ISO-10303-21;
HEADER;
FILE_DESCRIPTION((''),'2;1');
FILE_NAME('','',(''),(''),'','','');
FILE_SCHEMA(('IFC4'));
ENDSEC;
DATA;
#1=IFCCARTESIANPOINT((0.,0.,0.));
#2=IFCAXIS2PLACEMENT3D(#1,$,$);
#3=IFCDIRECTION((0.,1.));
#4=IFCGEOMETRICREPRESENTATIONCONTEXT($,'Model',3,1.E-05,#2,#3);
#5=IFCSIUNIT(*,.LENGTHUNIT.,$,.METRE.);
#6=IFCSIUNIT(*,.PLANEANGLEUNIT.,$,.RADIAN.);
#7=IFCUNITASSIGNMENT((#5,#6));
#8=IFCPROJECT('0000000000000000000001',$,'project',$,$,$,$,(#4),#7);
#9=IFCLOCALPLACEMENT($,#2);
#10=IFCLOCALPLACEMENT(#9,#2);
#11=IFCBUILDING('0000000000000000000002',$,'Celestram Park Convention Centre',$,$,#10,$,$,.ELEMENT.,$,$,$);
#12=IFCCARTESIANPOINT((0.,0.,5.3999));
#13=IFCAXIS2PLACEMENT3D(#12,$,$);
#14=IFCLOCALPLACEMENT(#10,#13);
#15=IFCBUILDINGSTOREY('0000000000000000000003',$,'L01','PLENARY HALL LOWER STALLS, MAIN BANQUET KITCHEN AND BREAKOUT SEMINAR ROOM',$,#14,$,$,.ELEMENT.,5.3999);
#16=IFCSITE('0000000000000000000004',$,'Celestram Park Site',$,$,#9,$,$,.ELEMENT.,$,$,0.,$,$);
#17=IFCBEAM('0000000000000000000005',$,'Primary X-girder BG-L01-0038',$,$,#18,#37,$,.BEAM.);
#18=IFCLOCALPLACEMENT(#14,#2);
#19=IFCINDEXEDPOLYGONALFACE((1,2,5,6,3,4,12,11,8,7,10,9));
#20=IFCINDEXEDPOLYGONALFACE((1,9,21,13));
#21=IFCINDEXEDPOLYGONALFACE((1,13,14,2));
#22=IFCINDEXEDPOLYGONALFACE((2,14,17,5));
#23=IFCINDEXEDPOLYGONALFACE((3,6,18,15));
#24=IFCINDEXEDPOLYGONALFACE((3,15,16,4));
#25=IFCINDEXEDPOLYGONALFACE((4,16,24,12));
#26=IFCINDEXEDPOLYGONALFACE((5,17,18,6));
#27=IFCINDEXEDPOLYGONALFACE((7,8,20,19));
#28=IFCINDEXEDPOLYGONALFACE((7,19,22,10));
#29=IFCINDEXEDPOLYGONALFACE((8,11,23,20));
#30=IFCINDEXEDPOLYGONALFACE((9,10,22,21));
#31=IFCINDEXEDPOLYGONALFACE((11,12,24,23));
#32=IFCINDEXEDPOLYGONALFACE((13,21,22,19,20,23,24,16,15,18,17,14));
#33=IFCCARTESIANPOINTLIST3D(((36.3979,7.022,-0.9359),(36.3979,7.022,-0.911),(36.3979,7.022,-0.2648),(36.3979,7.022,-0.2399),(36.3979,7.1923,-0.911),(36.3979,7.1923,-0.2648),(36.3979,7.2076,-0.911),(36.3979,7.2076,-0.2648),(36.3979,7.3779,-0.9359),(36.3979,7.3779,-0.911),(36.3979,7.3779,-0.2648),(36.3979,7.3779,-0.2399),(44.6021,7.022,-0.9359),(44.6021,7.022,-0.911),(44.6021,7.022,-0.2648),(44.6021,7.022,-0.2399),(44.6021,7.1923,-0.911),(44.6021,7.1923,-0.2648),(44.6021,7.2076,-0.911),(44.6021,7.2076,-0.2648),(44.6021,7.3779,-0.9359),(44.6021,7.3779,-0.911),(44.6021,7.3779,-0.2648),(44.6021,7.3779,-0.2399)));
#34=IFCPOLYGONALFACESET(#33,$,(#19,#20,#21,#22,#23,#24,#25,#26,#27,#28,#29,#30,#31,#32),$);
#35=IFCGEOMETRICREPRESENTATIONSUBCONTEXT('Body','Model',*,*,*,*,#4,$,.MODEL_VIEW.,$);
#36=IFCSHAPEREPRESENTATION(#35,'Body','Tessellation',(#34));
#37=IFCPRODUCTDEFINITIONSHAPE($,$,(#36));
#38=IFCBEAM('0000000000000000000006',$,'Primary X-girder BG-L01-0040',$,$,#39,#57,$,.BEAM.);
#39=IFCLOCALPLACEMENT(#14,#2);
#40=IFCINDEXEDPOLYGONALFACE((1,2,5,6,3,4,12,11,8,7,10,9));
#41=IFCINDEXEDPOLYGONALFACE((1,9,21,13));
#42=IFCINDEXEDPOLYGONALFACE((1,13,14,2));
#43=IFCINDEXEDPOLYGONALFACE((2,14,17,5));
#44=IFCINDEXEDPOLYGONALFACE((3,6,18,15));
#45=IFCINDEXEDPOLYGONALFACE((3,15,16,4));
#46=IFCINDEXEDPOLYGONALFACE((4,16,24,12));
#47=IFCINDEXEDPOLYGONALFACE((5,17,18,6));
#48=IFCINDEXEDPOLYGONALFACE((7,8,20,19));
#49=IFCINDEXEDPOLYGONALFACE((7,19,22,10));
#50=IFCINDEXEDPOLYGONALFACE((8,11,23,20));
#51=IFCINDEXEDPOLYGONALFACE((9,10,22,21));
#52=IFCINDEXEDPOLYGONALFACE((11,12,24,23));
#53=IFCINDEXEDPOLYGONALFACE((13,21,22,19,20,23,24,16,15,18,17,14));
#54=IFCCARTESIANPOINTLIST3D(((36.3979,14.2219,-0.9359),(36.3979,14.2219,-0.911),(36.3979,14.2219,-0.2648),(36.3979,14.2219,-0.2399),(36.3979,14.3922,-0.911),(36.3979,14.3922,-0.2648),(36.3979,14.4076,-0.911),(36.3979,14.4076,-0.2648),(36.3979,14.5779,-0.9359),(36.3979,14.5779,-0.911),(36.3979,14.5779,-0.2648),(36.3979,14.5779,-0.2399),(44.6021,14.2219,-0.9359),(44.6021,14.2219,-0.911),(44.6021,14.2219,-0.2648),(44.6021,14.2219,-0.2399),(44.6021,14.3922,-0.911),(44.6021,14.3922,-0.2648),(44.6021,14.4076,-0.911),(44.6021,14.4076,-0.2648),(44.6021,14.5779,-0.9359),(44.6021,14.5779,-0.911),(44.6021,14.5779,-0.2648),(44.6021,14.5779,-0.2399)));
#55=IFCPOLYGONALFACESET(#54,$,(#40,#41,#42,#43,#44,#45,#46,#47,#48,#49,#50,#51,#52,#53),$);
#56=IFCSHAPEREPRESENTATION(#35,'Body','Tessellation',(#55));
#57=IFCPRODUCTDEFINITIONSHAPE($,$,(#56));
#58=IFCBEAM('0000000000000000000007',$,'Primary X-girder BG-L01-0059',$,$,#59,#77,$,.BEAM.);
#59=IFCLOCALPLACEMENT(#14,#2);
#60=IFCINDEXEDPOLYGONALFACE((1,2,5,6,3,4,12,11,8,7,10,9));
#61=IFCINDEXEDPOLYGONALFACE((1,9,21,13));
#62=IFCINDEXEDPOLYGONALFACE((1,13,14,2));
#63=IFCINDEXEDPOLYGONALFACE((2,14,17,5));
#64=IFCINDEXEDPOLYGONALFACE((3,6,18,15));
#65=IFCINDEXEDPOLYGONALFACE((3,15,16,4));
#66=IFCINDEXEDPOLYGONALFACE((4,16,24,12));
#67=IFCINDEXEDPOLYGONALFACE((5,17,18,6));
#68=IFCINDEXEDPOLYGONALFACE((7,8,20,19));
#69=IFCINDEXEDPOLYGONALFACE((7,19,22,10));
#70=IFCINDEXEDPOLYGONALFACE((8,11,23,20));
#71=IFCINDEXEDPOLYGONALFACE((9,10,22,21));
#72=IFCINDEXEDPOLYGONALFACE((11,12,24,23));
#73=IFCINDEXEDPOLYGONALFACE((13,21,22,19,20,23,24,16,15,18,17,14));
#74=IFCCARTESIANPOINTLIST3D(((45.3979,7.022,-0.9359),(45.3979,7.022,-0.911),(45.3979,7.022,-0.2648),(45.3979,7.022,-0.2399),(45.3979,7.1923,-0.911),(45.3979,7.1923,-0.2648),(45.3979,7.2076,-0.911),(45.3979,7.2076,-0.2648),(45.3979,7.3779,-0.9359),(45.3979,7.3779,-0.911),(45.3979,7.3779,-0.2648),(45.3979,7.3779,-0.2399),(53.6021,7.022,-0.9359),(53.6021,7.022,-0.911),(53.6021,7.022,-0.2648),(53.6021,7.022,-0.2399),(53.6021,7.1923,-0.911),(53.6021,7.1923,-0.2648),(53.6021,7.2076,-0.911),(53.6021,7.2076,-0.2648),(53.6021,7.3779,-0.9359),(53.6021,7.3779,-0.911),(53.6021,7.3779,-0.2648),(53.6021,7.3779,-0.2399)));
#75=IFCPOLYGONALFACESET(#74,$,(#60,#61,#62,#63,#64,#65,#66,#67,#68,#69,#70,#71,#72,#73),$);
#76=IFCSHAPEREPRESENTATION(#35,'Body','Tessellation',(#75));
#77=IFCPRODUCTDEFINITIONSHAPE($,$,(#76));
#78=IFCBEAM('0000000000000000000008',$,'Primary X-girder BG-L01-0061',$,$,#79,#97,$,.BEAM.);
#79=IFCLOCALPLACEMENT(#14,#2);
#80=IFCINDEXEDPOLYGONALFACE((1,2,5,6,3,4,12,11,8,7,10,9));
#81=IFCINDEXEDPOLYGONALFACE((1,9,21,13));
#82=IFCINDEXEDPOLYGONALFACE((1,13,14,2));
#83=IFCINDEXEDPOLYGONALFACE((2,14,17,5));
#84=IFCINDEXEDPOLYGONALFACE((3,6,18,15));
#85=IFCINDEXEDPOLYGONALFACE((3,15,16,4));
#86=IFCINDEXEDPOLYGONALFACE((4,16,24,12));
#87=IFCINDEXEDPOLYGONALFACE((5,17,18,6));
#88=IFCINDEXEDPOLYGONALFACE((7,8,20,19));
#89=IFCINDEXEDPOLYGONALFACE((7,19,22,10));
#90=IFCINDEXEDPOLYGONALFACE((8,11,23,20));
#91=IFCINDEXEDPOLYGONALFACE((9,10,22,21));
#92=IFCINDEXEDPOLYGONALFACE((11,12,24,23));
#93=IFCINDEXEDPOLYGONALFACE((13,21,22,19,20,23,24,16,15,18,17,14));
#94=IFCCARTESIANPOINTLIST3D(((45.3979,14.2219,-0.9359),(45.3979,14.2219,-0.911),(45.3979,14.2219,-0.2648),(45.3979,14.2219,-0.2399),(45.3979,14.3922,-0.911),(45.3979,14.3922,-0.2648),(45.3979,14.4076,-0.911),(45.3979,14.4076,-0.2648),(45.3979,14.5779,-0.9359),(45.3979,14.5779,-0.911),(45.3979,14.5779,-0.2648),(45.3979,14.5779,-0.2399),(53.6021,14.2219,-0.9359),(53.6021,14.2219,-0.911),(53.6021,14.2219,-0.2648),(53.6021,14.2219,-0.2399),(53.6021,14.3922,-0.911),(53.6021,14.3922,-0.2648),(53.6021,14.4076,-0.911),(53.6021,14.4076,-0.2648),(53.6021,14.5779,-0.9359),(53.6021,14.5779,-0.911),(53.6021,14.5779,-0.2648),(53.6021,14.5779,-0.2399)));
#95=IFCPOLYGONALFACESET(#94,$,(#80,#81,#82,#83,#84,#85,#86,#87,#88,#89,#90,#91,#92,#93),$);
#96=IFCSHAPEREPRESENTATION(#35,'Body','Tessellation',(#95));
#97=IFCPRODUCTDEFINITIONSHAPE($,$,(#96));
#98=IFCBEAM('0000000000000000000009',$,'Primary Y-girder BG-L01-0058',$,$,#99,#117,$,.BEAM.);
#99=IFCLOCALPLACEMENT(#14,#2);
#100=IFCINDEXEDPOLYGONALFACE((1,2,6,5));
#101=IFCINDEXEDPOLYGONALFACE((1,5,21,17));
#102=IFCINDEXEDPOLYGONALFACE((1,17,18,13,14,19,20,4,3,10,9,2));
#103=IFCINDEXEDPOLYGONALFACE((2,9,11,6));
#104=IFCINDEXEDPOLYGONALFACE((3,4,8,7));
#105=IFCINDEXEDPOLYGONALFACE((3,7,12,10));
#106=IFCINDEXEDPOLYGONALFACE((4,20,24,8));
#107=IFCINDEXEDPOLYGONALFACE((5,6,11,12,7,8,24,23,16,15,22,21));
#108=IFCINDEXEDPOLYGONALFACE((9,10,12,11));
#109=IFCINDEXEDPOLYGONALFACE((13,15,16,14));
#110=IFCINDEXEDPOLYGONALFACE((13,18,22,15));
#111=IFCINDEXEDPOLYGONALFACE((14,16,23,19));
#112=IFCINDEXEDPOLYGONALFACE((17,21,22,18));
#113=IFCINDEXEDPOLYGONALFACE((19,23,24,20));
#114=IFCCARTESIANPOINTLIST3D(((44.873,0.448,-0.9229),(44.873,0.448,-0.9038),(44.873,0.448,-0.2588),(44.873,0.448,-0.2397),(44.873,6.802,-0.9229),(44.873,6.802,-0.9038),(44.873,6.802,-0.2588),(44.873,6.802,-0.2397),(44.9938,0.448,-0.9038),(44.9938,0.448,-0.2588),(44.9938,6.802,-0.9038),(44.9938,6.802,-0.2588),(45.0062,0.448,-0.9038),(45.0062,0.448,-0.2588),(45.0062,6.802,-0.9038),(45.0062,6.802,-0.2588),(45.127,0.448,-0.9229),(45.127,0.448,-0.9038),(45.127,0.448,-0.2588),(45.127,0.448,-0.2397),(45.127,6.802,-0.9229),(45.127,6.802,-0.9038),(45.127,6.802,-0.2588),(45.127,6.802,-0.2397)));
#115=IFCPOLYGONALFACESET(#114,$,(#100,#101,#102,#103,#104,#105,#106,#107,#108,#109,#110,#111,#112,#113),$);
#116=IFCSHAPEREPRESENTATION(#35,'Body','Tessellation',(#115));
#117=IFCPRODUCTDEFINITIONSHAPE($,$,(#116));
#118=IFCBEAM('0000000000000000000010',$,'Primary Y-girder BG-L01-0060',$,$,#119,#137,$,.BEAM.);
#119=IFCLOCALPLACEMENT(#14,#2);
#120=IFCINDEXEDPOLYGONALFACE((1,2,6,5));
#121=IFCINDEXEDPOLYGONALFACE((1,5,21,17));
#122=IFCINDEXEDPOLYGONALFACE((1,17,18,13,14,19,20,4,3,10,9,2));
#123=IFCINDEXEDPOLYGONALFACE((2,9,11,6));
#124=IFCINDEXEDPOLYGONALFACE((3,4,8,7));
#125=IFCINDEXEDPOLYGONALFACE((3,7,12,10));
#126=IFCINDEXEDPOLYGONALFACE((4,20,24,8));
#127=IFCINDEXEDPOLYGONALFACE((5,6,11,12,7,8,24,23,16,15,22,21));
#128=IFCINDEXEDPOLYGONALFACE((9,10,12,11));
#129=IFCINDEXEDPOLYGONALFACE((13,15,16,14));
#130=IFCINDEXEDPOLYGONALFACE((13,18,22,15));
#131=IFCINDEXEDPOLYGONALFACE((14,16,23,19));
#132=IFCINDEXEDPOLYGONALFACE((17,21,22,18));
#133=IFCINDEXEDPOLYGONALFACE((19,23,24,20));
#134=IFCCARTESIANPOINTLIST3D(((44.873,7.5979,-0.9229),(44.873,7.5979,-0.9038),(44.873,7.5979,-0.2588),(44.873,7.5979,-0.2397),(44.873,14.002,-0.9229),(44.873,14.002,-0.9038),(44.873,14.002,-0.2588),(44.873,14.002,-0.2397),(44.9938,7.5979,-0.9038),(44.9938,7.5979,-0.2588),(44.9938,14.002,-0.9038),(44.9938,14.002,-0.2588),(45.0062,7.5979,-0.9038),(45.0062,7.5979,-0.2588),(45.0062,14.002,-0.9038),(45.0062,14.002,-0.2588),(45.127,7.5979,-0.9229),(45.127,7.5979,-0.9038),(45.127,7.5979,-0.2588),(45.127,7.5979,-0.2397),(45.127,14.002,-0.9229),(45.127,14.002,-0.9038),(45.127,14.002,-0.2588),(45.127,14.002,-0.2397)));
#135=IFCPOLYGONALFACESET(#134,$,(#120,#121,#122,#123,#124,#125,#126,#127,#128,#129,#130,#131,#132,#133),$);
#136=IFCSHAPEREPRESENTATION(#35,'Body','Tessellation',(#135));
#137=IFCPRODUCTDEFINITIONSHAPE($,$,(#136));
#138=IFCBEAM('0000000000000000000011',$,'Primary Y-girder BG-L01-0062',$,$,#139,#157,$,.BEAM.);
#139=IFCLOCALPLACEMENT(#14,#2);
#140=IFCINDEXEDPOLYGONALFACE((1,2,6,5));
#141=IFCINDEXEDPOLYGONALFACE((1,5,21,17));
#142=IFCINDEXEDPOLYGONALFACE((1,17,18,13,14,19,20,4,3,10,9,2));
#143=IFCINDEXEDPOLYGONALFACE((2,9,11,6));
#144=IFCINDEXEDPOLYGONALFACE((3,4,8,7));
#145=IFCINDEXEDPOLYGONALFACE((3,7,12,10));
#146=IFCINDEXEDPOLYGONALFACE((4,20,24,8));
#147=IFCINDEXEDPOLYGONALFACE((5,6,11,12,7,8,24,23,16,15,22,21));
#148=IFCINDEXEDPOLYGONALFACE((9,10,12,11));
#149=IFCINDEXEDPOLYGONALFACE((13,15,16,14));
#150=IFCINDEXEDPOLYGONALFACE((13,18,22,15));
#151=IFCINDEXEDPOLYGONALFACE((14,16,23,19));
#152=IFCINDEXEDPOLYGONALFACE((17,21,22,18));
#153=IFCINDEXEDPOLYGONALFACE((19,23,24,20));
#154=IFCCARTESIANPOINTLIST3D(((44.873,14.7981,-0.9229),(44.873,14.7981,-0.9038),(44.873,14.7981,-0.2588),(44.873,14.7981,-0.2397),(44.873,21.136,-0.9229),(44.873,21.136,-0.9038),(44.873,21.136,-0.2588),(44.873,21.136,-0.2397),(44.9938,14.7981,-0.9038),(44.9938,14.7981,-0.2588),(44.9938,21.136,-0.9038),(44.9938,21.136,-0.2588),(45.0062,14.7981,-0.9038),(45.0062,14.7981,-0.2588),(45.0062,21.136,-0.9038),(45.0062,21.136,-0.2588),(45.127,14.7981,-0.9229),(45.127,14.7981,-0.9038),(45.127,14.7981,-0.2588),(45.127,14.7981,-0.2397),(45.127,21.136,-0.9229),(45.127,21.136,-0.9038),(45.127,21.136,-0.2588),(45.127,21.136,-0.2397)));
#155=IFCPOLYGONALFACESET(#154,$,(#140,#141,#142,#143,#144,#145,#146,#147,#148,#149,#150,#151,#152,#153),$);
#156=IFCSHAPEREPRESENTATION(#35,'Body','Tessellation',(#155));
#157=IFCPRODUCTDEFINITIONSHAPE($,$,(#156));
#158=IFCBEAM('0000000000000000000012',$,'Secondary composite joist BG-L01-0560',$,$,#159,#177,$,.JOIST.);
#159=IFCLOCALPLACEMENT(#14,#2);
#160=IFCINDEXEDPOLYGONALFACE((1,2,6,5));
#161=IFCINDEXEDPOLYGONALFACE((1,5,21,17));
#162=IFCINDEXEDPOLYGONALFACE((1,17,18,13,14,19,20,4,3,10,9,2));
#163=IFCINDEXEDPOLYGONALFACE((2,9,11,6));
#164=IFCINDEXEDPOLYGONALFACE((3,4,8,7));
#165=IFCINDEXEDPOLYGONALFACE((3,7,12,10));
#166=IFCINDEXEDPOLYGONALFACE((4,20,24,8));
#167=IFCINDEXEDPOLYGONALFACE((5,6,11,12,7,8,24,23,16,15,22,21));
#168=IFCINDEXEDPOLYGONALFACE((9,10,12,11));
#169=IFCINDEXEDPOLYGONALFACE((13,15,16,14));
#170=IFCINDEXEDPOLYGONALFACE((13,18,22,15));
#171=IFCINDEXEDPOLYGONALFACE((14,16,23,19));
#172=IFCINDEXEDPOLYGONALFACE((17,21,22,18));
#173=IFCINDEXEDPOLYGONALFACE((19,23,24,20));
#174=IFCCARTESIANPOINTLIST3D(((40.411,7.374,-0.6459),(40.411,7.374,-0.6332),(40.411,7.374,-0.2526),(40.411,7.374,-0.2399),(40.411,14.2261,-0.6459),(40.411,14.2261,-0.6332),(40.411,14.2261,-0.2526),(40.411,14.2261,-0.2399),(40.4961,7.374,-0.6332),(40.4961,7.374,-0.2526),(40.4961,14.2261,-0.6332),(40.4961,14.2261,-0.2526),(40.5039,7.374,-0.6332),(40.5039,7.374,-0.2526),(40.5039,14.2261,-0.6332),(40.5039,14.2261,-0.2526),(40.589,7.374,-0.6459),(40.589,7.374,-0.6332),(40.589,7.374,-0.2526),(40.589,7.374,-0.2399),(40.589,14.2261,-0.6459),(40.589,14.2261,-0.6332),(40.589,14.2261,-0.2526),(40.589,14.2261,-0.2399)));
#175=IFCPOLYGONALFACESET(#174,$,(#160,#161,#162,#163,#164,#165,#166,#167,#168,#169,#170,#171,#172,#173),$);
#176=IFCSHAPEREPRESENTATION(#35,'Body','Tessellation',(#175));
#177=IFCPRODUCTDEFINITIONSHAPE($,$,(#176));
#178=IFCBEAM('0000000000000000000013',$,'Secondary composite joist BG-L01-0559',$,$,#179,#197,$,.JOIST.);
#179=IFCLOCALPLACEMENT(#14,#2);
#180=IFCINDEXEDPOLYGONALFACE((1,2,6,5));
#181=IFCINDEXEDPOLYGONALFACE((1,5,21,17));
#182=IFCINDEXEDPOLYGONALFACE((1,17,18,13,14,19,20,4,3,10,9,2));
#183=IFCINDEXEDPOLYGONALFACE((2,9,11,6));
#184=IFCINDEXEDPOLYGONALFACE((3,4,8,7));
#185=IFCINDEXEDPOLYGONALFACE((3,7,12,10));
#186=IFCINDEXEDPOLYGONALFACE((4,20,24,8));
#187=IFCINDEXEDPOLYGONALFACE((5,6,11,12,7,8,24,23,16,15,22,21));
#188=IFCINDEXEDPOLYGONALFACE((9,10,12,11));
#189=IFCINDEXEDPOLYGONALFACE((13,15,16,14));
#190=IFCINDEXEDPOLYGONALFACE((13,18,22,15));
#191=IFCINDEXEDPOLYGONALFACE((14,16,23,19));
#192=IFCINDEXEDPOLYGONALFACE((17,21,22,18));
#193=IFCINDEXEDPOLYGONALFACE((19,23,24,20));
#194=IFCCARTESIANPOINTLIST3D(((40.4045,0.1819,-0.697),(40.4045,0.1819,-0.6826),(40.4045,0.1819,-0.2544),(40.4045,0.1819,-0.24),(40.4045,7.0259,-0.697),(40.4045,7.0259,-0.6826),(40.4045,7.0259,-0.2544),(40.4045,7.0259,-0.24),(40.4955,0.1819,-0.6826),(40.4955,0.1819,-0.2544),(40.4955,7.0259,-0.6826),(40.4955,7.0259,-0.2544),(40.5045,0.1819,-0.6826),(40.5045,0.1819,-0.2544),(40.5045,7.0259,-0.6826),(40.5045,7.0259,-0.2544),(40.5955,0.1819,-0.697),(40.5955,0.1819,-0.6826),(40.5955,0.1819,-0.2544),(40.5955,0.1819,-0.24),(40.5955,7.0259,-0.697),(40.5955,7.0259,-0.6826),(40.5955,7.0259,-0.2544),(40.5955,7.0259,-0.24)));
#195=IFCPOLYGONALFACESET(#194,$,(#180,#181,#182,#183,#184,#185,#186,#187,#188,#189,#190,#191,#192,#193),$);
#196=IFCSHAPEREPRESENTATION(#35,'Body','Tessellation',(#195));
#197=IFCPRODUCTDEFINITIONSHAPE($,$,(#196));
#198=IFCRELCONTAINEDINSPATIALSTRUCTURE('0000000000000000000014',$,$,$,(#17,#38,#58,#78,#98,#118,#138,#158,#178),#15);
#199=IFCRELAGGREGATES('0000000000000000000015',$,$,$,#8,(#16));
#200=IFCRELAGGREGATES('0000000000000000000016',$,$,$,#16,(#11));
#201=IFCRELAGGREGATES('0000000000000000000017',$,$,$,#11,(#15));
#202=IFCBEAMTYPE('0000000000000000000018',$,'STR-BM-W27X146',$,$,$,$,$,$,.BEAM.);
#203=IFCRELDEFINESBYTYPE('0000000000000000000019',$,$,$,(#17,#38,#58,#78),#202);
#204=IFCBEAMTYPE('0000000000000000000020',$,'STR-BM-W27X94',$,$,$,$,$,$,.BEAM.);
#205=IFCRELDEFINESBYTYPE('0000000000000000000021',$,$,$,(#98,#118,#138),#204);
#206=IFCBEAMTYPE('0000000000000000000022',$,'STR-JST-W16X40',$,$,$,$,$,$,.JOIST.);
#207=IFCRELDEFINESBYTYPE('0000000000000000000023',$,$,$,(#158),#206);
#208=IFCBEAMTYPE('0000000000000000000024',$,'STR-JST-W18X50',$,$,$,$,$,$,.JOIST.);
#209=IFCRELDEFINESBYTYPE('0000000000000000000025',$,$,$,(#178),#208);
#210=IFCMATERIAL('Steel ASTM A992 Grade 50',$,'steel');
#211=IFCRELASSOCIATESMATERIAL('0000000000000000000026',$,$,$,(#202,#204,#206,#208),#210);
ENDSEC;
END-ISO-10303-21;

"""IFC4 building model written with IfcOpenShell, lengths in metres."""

from ifc_helpers import new_model, si_unit, direction, frame, origin, origin_2d, place, context, subcontext, project, spatial, i_section, extrude, material, material_profile, profile_set, type_object, element, save


model = new_model("IFC4")

# Units and contexts
model_context = context("Model", 3, precision=1e-05, world=origin(), true_north=direction((0.0, 1.0)))
body_context = subcontext(model_context, "Body", "Model", "MODEL_VIEW")
ifc_project = project(units=[si_unit("LENGTHUNIT", "METRE"), si_unit("PLANEANGLEUNIT", "RADIAN")], contexts=[model_context])

# Site, building, storey
site_placement = place(None, origin())
site = spatial("IfcSite", under=ifc_project, at=site_placement, Name="Celestram Park Site", CompositionType="ELEMENT", RefElevation=0.0)
building_placement = place(site_placement, origin())
building = spatial("IfcBuilding", under=site, at=building_placement, Name="Celestram Park Convention Centre", CompositionType="ELEMENT")
storey_placement = place(building_placement, frame((0.0, 0.0, 5.3999)))
storey = spatial("IfcBuildingStorey", under=building, at=storey_placement, Name="L01", Description="PLENARY HALL LOWER STALLS, MAIN BANQUET KITCHEN AND BREAKOUT SEMINAR ROOM", CompositionType="ELEMENT", Elevation=5.3999)

# Beams
ifc_material_1 = material(Name="Steel ASTM A992 Grade 50", Category="steel")
ifc_material_profile_1 = material_profile(ifc_material_1, i_section(OverallWidth=0.356, OverallDepth=0.696, WebThickness=0.0154, FlangeThickness=0.0249, at=origin_2d()), Name="W27X146")
ifc_profile_set_1 = profile_set([ifc_material_profile_1], Name="Steel ASTM A992 Grade 50")
beam_type_1 = type_object("IfcBeamType", Name="STR-BM-W27X146", PredefinedType="BEAM", material=ifc_profile_set_1)
for number, where, z_axis, x_axis, name in (
    (1, (36.3979, 7.2, -0.5879), (1.0, 0.0, 0.0), (0.0, 1.0, 0.0), "Primary X-girder BG-L01-0038"),
    (2, (36.3979, 14.3999, -0.5879), (1.0, 0.0, 0.0), (0.0, 1.0, 0.0), "Primary X-girder BG-L01-0040"),
    (3, (45.3979, 7.2, -0.5879), (1.0, 0.0, 0.0), (0.0, 1.0, 0.0), "Primary X-girder BG-L01-0059"),
    (4, (45.3979, 14.3999, -0.5879), (1.0, 0.0, 0.0), (0.0, 1.0, 0.0), "Primary X-girder BG-L01-0061"),
):
    element("IfcBeam", number, at=place(storey_placement, frame(where, z_axis=z_axis, x_axis=x_axis)), inside=storey, type_object=beam_type_1, Name=name, PredefinedType="BEAM", context=body_context, shape_type="SweptSolid", body=[
        extrude(i_section(OverallWidth=0.356, OverallDepth=0.696, WebThickness=0.0154, FlangeThickness=0.0249, at=origin_2d()), origin(), (0.0, 0.0, 1.0), 8.2041),
    ])
ifc_material_profile_2 = material_profile(ifc_material_1, i_section(OverallWidth=0.2539, OverallDepth=0.6831, WebThickness=0.0125, FlangeThickness=0.019, at=origin_2d()), Name="W27X94")
ifc_profile_set_2 = profile_set([ifc_material_profile_2], Name="Steel ASTM A992 Grade 50")
beam_type_2 = type_object("IfcBeamType", Name="STR-BM-W27X94", PredefinedType="BEAM", material=ifc_profile_set_2)
beam_1_placement = place(storey_placement, frame((45.0, 0.448, -0.5813), z_axis=(0.0, 1.0, 0.0), x_axis=(-1.0, 0.0, 0.0)))
element("IfcBeam", 5, at=beam_1_placement, inside=storey, type_object=beam_type_2, Name="Primary Y-girder BG-L01-0058", PredefinedType="BEAM", context=body_context, shape_type="SweptSolid", body=[
    extrude(i_section(OverallWidth=0.2539, OverallDepth=0.6831, WebThickness=0.0125, FlangeThickness=0.019, at=origin_2d()), origin(), (0.0, 0.0, 1.0), 6.354),
])
beam_2_placement = place(storey_placement, frame((45.0, 7.5979, -0.5813), z_axis=(0.0, 1.0, 0.0), x_axis=(-1.0, 0.0, 0.0)))
element("IfcBeam", 6, at=beam_2_placement, inside=storey, type_object=beam_type_2, Name="Primary Y-girder BG-L01-0060", PredefinedType="BEAM", context=body_context, shape_type="SweptSolid", body=[
    extrude(i_section(OverallWidth=0.2539, OverallDepth=0.6831, WebThickness=0.0125, FlangeThickness=0.019, at=origin_2d()), origin(), (0.0, 0.0, 1.0), 6.4041),
])
beam_3_placement = place(storey_placement, frame((45.0, 14.7981, -0.5813), z_axis=(0.0, 1.0, 0.0), x_axis=(-1.0, 0.0, 0.0)))
element("IfcBeam", 7, at=beam_3_placement, inside=storey, type_object=beam_type_2, Name="Primary Y-girder BG-L01-0062", PredefinedType="BEAM", context=body_context, shape_type="SweptSolid", body=[
    extrude(i_section(OverallWidth=0.2539, OverallDepth=0.6831, WebThickness=0.0125, FlangeThickness=0.019, at=origin_2d()), origin(), (0.0, 0.0, 1.0), 6.3379),
])
ifc_material_profile_3 = material_profile(ifc_material_1, i_section(OverallWidth=0.178, OverallDepth=0.406, WebThickness=0.0078, FlangeThickness=0.0127, at=origin_2d()), Name="W16X40")
ifc_profile_set_3 = profile_set([ifc_material_profile_3], Name="Steel ASTM A992 Grade 50")
beam_type_3 = type_object("IfcBeamType", Name="STR-JST-W16X40", PredefinedType="JOIST", material=ifc_profile_set_3)
beam_4_placement = place(storey_placement, frame((40.5, 7.374, -0.4429), z_axis=(0.0, 1.0, 0.0), x_axis=(-1.0, 0.0, 0.0)))
element("IfcBeam", 8, at=beam_4_placement, inside=storey, type_object=beam_type_3, Name="Secondary composite joist BG-L01-0560", PredefinedType="JOIST", context=body_context, shape_type="SweptSolid", body=[
    extrude(i_section(OverallWidth=0.178, OverallDepth=0.406, WebThickness=0.0078, FlangeThickness=0.0127, at=origin_2d()), origin(), (0.0, 0.0, 1.0), 6.8521),
])
ifc_material_profile_4 = material_profile(ifc_material_1, i_section(OverallWidth=0.1909, OverallDepth=0.457, WebThickness=0.009, FlangeThickness=0.0144, at=origin_2d()), Name="W18X50")
ifc_profile_set_4 = profile_set([ifc_material_profile_4], Name="Steel ASTM A992 Grade 50")
beam_type_4 = type_object("IfcBeamType", Name="STR-JST-W18X50", PredefinedType="JOIST", material=ifc_profile_set_4)
beam_5_placement = place(storey_placement, frame((40.5, 0.1819, -0.4685), z_axis=(0.0, 1.0, 0.0), x_axis=(-1.0, 0.0, 0.0)))
element("IfcBeam", 9, at=beam_5_placement, inside=storey, type_object=beam_type_4, Name="Secondary composite joist BG-L01-0559", PredefinedType="JOIST", context=body_context, shape_type="SweptSolid", body=[
    extrude(i_section(OverallWidth=0.1909, OverallDepth=0.457, WebThickness=0.009, FlangeThickness=0.0144, at=origin_2d()), origin(), (0.0, 0.0, 1.0), 6.844),
])

save(model, "model.ifc")
